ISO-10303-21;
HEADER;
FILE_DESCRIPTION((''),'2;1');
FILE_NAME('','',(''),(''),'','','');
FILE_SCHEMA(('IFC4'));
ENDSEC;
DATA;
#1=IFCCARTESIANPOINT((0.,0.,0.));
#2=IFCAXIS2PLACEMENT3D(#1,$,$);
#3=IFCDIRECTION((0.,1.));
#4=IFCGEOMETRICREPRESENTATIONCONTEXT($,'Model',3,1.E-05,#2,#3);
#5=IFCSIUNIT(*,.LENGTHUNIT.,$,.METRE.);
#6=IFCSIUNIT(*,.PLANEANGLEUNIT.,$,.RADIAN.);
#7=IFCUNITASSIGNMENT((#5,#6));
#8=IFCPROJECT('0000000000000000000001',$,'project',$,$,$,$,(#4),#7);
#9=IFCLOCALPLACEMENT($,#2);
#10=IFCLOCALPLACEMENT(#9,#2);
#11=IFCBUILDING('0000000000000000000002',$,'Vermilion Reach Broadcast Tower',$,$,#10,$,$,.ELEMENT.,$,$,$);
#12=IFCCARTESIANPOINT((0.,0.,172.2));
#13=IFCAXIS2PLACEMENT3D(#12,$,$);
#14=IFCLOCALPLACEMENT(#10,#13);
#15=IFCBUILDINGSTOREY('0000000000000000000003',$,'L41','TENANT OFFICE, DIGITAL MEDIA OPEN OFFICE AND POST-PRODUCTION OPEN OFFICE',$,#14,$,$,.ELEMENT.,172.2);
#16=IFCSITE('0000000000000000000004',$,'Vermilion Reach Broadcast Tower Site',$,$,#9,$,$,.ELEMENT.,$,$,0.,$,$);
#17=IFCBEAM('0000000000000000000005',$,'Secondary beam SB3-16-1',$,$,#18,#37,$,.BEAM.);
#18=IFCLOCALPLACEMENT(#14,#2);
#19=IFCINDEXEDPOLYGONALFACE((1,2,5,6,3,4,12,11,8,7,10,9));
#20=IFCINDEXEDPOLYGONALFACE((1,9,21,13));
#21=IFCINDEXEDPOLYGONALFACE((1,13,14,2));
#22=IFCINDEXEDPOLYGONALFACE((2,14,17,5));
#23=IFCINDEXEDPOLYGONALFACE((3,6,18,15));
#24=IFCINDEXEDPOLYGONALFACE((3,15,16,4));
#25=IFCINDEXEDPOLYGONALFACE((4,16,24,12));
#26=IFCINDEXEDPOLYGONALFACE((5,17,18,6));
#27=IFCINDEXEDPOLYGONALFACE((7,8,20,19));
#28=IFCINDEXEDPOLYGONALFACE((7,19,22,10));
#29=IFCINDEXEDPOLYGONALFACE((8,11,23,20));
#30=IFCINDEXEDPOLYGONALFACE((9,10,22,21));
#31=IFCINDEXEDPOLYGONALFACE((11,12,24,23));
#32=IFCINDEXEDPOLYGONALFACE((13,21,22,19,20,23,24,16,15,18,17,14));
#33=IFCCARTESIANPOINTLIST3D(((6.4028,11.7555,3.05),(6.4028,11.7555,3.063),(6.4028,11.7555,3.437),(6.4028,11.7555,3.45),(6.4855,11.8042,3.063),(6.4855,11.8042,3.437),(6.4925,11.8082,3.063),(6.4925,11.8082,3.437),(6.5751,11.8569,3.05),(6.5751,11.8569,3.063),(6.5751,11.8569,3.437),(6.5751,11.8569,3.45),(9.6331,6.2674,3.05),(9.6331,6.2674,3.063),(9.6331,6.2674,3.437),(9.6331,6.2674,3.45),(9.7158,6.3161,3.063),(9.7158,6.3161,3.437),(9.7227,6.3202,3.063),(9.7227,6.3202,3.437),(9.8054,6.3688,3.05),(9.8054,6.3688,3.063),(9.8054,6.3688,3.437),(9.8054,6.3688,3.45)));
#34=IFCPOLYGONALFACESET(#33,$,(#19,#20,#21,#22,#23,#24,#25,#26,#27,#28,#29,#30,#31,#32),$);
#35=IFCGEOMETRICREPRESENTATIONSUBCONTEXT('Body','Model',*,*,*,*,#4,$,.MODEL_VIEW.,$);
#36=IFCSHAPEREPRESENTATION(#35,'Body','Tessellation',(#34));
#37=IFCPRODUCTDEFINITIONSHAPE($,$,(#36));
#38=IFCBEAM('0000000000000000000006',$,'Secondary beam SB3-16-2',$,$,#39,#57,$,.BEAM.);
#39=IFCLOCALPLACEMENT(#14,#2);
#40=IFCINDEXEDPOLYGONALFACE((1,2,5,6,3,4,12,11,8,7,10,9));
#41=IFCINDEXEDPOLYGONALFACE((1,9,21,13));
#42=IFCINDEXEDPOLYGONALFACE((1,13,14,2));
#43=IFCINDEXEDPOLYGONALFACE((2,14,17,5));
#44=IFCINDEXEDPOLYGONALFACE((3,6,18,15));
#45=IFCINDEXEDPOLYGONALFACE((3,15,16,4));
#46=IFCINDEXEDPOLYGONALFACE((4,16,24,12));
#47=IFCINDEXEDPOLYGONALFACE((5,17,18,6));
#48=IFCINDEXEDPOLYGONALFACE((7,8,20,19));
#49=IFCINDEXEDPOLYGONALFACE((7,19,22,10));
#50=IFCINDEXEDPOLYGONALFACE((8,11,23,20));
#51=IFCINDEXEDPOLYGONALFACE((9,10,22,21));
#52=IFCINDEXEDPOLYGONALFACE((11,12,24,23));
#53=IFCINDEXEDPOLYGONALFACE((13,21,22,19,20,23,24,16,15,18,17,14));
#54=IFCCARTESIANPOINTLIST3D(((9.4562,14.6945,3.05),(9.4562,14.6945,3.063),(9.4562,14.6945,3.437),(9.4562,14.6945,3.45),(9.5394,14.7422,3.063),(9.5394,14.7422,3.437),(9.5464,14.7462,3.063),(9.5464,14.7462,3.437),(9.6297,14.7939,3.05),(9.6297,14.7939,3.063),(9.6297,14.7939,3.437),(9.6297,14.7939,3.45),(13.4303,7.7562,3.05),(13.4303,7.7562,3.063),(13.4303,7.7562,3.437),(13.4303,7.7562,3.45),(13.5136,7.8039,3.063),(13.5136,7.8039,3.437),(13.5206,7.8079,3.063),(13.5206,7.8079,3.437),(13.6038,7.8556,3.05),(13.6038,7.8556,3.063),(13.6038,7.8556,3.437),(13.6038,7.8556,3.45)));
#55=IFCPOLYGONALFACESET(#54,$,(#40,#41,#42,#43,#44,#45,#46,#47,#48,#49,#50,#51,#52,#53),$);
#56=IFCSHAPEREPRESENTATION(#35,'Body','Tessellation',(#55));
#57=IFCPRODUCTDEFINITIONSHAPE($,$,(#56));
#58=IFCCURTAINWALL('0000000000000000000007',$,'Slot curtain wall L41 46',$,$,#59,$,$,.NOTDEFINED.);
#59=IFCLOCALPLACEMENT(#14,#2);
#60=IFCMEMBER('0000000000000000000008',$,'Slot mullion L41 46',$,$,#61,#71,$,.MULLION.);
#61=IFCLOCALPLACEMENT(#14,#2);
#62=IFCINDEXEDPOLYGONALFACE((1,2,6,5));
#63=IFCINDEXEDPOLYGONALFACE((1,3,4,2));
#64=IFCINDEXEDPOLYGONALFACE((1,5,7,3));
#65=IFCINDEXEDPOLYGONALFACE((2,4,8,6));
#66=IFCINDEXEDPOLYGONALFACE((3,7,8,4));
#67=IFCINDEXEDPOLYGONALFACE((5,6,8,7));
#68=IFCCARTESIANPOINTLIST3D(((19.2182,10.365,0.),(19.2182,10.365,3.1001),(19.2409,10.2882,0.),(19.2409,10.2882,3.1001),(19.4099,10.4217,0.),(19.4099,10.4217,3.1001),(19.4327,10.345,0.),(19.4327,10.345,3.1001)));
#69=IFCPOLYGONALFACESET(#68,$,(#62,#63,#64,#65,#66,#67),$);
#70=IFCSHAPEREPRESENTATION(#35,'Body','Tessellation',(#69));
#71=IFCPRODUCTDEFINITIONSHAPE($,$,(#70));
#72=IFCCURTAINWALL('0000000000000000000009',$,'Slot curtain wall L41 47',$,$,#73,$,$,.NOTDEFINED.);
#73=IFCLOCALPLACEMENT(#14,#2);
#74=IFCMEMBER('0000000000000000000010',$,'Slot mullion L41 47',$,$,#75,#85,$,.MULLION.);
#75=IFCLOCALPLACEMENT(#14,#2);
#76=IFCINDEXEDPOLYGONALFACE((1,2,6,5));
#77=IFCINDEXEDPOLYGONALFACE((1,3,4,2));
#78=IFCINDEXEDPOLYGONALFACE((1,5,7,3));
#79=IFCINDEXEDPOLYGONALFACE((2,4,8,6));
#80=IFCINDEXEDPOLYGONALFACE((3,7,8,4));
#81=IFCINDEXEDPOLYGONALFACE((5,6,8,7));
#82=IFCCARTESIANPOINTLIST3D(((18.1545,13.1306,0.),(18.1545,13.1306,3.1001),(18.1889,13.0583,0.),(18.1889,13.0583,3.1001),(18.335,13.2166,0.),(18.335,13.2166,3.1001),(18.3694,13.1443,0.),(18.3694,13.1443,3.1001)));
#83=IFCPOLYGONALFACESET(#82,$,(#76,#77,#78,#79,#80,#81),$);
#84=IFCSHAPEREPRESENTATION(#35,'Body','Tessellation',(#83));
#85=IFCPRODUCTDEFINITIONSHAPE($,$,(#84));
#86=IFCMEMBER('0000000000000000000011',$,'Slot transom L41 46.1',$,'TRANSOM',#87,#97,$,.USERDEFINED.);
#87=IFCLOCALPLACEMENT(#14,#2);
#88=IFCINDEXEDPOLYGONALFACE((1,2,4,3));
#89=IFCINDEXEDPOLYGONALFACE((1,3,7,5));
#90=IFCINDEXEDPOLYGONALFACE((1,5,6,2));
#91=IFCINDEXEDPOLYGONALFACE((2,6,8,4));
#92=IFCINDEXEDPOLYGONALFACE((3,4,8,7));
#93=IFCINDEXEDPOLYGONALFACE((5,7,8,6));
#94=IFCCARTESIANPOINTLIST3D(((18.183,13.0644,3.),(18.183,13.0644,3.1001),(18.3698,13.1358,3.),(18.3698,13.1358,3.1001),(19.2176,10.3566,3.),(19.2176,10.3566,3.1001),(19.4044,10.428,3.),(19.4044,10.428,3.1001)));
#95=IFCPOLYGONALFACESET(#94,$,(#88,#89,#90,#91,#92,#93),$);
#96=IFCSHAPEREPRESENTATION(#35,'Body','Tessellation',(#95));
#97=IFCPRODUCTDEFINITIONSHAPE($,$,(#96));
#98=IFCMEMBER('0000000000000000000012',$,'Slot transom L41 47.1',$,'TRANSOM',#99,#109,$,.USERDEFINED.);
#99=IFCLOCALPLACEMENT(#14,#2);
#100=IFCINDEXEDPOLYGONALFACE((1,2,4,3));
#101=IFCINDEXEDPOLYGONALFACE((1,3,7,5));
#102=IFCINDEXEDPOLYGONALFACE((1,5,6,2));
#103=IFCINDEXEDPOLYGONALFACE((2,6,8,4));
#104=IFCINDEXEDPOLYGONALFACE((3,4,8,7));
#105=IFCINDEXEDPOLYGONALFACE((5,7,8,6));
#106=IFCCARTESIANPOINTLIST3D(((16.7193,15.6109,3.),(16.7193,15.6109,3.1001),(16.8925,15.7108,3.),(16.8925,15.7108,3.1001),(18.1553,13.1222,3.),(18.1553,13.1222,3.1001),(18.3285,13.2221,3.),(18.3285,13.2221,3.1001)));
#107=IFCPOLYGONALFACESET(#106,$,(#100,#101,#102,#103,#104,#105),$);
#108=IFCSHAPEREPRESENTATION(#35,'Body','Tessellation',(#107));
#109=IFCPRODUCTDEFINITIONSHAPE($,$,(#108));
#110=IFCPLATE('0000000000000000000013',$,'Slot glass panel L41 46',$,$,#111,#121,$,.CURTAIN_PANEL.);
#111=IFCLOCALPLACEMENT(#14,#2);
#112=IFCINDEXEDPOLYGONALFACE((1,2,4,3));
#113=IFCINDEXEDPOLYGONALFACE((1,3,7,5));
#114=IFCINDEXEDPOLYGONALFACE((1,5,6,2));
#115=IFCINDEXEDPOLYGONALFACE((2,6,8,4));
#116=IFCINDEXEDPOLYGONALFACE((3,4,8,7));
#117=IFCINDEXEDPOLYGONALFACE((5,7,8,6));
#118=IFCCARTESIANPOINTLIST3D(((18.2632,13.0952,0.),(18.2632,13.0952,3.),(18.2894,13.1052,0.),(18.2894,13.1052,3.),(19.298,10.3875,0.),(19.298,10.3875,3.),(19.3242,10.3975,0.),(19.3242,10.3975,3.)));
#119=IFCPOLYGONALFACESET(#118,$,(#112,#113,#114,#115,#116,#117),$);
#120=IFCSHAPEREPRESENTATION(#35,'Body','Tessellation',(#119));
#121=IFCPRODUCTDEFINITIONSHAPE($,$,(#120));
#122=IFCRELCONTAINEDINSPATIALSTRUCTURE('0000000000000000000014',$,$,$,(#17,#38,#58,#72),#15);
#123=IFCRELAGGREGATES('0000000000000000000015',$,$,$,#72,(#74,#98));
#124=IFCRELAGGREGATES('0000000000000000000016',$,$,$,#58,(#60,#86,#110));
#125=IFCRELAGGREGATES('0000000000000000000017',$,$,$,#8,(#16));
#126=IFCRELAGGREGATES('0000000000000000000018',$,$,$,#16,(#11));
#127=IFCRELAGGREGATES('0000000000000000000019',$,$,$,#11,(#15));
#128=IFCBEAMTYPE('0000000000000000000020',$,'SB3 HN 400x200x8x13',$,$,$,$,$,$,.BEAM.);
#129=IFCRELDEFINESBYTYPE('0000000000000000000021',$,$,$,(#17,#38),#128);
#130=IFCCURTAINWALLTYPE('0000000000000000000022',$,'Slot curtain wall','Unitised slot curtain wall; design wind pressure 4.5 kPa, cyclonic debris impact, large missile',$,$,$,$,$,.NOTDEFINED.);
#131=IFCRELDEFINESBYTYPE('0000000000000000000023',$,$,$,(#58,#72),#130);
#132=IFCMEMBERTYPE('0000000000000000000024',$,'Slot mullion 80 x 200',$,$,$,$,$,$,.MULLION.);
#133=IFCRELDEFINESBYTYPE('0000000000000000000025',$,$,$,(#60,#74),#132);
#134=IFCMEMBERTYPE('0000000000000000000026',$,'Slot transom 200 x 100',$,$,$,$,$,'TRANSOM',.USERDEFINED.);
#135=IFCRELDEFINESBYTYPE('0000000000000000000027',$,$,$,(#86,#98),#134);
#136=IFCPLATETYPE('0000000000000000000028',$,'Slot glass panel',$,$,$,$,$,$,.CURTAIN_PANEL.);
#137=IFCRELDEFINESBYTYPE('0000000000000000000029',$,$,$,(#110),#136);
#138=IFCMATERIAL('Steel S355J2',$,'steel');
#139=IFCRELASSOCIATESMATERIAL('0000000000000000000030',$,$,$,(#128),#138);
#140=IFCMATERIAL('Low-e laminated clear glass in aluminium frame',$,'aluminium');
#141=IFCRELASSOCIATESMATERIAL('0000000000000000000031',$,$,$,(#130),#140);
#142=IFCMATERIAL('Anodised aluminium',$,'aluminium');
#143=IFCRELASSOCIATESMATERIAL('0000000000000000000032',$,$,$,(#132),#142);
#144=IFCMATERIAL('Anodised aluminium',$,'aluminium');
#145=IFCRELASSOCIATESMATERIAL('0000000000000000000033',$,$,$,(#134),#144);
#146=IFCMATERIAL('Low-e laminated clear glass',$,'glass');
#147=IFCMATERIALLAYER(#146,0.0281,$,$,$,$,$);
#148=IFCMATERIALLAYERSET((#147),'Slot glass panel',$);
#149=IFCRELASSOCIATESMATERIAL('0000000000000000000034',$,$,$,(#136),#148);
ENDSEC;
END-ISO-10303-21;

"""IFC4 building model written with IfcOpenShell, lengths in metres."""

from ifc_helpers import new_model, si_unit, direction, frame, origin, origin_2d, place, context, subcontext, project, spatial, rectangle, i_section, extrude, material, layer, layer_set, material_profile, profile_set, type_object, element, aggregate, save


model = new_model("IFC4")

# Units and contexts
model_context = context("Model", 3, precision=1e-05, world=origin(), true_north=direction((0.0, 1.0)))
body_context = subcontext(model_context, "Body", "Model", "MODEL_VIEW")
ifc_project = project(units=[si_unit("LENGTHUNIT", "METRE"), si_unit("PLANEANGLEUNIT", "RADIAN")], contexts=[model_context])

# Site, building, storey
site_placement = place(None, origin())
site = spatial("IfcSite", under=ifc_project, at=site_placement, Name="Vermilion Reach Broadcast Tower Site", CompositionType="ELEMENT", RefElevation=0.0)
building_placement = place(site_placement, origin())
building = spatial("IfcBuilding", under=site, at=building_placement, Name="Vermilion Reach Broadcast Tower", CompositionType="ELEMENT")
storey_placement = place(building_placement, frame((0.0, 0.0, 172.2)))
storey = spatial("IfcBuildingStorey", under=building, at=storey_placement, Name="L41", Description="TENANT OFFICE, DIGITAL MEDIA OPEN OFFICE AND POST-PRODUCTION OPEN OFFICE", CompositionType="ELEMENT", Elevation=172.2)

# Beams
ifc_material_1 = material(Name="Steel S355J2", Category="steel")
ifc_material_profile_1 = material_profile(ifc_material_1, i_section(OverallWidth=0.2, OverallDepth=0.3999, WebThickness=0.0081, FlangeThickness=0.0129, at=origin_2d()), Name="S355J2 HN 400x200x8x13")
ifc_profile_set_1 = profile_set([ifc_material_profile_1], Name="Steel S355J2")
beam_type_1 = type_object("IfcBeamType", Name="SB3 HN 400x200x8x13", PredefinedType="BEAM", material=ifc_profile_set_1)
beam_1_placement = place(storey_placement, frame((9.7192, 6.3181, 3.25), z_axis=(-0.50725, 0.861799, 0.0), x_axis=(-0.861799, -0.50725, 0.0)))
element("IfcBeam", 1, at=beam_1_placement, inside=storey, type_object=beam_type_1, Name="Secondary beam SB3-16-1", PredefinedType="BEAM", context=body_context, shape_type="SweptSolid", body=[
    extrude(i_section(OverallWidth=0.2, OverallDepth=0.3999, WebThickness=0.0081, FlangeThickness=0.0129, at=origin_2d()), origin(), (0.0, 0.0, 1.0), 6.3682),
])
beam_2_placement = place(storey_placement, frame((13.5171, 7.8059, 3.25), z_axis=(-0.497027, 0.867735, 0.0), x_axis=(-0.867735, -0.497027, 0.0)))
element("IfcBeam", 2, at=beam_2_placement, inside=storey, type_object=beam_type_1, Name="Secondary beam SB3-16-2", PredefinedType="BEAM", context=body_context, shape_type="SweptSolid", body=[
    extrude(i_section(OverallWidth=0.2, OverallDepth=0.3999, WebThickness=0.0081, FlangeThickness=0.0129, at=origin_2d()), origin(), (0.0, 0.0, 1.0), 7.9958),
])

# Curtain walls, members
ifc_material_2 = material(Name="Low-e laminated clear glass in aluminium frame", Category="aluminium")
curtain_wall_type = type_object("IfcCurtainWallType", Name="Slot curtain wall", Description="Unitised slot curtain wall; design wind pressure 4.5 kPa, cyclonic debris impact, large missile", PredefinedType="NOTDEFINED", material=ifc_material_2)
placement = place(storey_placement, origin())
curtain_wall_1 = element("IfcCurtainWall", 3, at=placement, inside=storey, type_object=curtain_wall_type, Name="Slot curtain wall L41 46", PredefinedType="NOTDEFINED")
ifc_material_3 = material(Name="Anodised aluminium", Category="aluminium")
ifc_material_profile_2 = material_profile(ifc_material_3, rectangle(XDim=0.2, YDim=0.0801, at=origin_2d()), Name="Slot mullion 80 x 200")
ifc_profile_set_2 = profile_set([ifc_material_profile_2], Name="Anodised aluminium")
member_type_1 = type_object("IfcMemberType", Name="Slot mullion 80 x 200", PredefinedType="MULLION", material=ifc_profile_set_2)
member_1_placement = place(storey_placement, frame((19.3254, 10.355, 0.0), z_axis=(0.0, 0.0, 1.0), x_axis=(-0.958886, -0.28379, 0.0)))
member_1 = element("IfcMember", 4, at=member_1_placement, type_object=member_type_1, Name="Slot mullion L41 46", PredefinedType="MULLION", context=body_context, shape_type="SweptSolid", body=[
    extrude(rectangle(XDim=0.2, YDim=0.0801, at=origin_2d()), origin(), (0.0, 0.0, 1.0), 3.1001),
])
curtain_wall_2 = element("IfcCurtainWall", 5, at=placement, inside=storey, type_object=curtain_wall_type, Name="Slot curtain wall L41 47", PredefinedType="NOTDEFINED")
member_2_placement = place(storey_placement, frame((18.262, 13.1375, 0.0), z_axis=(0.0, 0.0, 1.0), x_axis=(-0.902952, -0.429741, 0.0)))
member_2 = element("IfcMember", 6, at=member_2_placement, type_object=member_type_1, Name="Slot mullion L41 47", PredefinedType="MULLION", context=body_context, shape_type="SweptSolid", body=[
    extrude(rectangle(XDim=0.2, YDim=0.0801, at=origin_2d()), origin(), (0.0, 0.0, 1.0), 3.1001),
])

# Members
ifc_material_4 = material(Name="Anodised aluminium", Category="aluminium")
ifc_material_profile_3 = material_profile(ifc_material_4, rectangle(XDim=0.2, YDim=0.1001, at=origin_2d()), Name="Slot transom 200 x 100")
ifc_profile_set_3 = profile_set([ifc_material_profile_3], Name="Anodised aluminium")
member_type_2 = type_object("IfcMemberType", Name="Slot transom 200 x 100", ElementType="TRANSOM", PredefinedType="USERDEFINED", material=ifc_profile_set_3)
member_3_placement = place(storey_placement, frame((19.311, 10.3923, 3.05), z_axis=(-0.356941, 0.934127, 0.0), x_axis=(-0.934127, -0.356941, 0.0)))
member_3 = element("IfcMember", 7, at=member_3_placement, type_object=member_type_2, Name="Slot transom L41 46.1", ObjectType="TRANSOM", PredefinedType="USERDEFINED", context=body_context, shape_type="SweptSolid", body=[
    extrude(rectangle(XDim=0.2, YDim=0.1001, at=origin_2d()), origin(), (0.0, 0.0, 1.0), 2.8987),
])
member_4_placement = place(storey_placement, frame((18.2419, 13.1721, 3.05), z_axis=(-0.499776, 0.866154, 0.0), x_axis=(-0.866154, -0.499776, 0.0)))
member_4 = element("IfcMember", 8, at=member_4_placement, type_object=member_type_2, Name="Slot transom L41 47.1", ObjectType="TRANSOM", PredefinedType="USERDEFINED", context=body_context, shape_type="SweptSolid", body=[
    extrude(rectangle(XDim=0.2, YDim=0.1001, at=origin_2d()), origin(), (0.0, 0.0, 1.0), 2.8733),
])
aggregate(curtain_wall_2, [member_2, member_4])

# Plate
ifc_material_5 = material(Name="Low-e laminated clear glass", Category="glass")
ifc_layer_1 = layer(ifc_material_5, 0.0281)
ifc_layer_set_1 = layer_set([ifc_layer_1], Name="Slot glass panel")
plate_type = type_object("IfcPlateType", Name="Slot glass panel", PredefinedType="CURTAIN_PANEL", material=ifc_layer_set_1)
plate_placement = place(storey_placement, frame((18.7937, 11.7463, 0.0), z_axis=(0.0, 0.0, 1.0), x_axis=(-0.35699, 0.934108, 0.0)))
plate = element("IfcPlate", 9, at=plate_placement, type_object=plate_type, Name="Slot glass panel L41 46", PredefinedType="CURTAIN_PANEL", context=body_context, shape_type="SweptSolid", body=[
    extrude(rectangle(XDim=2.8987, YDim=0.0281, at=origin_2d()), origin(), (0.0, 0.0, 1.0), 3.0),
])
aggregate(curtain_wall_1, [member_1, member_3, plate])

save(model, "model.ifc")
